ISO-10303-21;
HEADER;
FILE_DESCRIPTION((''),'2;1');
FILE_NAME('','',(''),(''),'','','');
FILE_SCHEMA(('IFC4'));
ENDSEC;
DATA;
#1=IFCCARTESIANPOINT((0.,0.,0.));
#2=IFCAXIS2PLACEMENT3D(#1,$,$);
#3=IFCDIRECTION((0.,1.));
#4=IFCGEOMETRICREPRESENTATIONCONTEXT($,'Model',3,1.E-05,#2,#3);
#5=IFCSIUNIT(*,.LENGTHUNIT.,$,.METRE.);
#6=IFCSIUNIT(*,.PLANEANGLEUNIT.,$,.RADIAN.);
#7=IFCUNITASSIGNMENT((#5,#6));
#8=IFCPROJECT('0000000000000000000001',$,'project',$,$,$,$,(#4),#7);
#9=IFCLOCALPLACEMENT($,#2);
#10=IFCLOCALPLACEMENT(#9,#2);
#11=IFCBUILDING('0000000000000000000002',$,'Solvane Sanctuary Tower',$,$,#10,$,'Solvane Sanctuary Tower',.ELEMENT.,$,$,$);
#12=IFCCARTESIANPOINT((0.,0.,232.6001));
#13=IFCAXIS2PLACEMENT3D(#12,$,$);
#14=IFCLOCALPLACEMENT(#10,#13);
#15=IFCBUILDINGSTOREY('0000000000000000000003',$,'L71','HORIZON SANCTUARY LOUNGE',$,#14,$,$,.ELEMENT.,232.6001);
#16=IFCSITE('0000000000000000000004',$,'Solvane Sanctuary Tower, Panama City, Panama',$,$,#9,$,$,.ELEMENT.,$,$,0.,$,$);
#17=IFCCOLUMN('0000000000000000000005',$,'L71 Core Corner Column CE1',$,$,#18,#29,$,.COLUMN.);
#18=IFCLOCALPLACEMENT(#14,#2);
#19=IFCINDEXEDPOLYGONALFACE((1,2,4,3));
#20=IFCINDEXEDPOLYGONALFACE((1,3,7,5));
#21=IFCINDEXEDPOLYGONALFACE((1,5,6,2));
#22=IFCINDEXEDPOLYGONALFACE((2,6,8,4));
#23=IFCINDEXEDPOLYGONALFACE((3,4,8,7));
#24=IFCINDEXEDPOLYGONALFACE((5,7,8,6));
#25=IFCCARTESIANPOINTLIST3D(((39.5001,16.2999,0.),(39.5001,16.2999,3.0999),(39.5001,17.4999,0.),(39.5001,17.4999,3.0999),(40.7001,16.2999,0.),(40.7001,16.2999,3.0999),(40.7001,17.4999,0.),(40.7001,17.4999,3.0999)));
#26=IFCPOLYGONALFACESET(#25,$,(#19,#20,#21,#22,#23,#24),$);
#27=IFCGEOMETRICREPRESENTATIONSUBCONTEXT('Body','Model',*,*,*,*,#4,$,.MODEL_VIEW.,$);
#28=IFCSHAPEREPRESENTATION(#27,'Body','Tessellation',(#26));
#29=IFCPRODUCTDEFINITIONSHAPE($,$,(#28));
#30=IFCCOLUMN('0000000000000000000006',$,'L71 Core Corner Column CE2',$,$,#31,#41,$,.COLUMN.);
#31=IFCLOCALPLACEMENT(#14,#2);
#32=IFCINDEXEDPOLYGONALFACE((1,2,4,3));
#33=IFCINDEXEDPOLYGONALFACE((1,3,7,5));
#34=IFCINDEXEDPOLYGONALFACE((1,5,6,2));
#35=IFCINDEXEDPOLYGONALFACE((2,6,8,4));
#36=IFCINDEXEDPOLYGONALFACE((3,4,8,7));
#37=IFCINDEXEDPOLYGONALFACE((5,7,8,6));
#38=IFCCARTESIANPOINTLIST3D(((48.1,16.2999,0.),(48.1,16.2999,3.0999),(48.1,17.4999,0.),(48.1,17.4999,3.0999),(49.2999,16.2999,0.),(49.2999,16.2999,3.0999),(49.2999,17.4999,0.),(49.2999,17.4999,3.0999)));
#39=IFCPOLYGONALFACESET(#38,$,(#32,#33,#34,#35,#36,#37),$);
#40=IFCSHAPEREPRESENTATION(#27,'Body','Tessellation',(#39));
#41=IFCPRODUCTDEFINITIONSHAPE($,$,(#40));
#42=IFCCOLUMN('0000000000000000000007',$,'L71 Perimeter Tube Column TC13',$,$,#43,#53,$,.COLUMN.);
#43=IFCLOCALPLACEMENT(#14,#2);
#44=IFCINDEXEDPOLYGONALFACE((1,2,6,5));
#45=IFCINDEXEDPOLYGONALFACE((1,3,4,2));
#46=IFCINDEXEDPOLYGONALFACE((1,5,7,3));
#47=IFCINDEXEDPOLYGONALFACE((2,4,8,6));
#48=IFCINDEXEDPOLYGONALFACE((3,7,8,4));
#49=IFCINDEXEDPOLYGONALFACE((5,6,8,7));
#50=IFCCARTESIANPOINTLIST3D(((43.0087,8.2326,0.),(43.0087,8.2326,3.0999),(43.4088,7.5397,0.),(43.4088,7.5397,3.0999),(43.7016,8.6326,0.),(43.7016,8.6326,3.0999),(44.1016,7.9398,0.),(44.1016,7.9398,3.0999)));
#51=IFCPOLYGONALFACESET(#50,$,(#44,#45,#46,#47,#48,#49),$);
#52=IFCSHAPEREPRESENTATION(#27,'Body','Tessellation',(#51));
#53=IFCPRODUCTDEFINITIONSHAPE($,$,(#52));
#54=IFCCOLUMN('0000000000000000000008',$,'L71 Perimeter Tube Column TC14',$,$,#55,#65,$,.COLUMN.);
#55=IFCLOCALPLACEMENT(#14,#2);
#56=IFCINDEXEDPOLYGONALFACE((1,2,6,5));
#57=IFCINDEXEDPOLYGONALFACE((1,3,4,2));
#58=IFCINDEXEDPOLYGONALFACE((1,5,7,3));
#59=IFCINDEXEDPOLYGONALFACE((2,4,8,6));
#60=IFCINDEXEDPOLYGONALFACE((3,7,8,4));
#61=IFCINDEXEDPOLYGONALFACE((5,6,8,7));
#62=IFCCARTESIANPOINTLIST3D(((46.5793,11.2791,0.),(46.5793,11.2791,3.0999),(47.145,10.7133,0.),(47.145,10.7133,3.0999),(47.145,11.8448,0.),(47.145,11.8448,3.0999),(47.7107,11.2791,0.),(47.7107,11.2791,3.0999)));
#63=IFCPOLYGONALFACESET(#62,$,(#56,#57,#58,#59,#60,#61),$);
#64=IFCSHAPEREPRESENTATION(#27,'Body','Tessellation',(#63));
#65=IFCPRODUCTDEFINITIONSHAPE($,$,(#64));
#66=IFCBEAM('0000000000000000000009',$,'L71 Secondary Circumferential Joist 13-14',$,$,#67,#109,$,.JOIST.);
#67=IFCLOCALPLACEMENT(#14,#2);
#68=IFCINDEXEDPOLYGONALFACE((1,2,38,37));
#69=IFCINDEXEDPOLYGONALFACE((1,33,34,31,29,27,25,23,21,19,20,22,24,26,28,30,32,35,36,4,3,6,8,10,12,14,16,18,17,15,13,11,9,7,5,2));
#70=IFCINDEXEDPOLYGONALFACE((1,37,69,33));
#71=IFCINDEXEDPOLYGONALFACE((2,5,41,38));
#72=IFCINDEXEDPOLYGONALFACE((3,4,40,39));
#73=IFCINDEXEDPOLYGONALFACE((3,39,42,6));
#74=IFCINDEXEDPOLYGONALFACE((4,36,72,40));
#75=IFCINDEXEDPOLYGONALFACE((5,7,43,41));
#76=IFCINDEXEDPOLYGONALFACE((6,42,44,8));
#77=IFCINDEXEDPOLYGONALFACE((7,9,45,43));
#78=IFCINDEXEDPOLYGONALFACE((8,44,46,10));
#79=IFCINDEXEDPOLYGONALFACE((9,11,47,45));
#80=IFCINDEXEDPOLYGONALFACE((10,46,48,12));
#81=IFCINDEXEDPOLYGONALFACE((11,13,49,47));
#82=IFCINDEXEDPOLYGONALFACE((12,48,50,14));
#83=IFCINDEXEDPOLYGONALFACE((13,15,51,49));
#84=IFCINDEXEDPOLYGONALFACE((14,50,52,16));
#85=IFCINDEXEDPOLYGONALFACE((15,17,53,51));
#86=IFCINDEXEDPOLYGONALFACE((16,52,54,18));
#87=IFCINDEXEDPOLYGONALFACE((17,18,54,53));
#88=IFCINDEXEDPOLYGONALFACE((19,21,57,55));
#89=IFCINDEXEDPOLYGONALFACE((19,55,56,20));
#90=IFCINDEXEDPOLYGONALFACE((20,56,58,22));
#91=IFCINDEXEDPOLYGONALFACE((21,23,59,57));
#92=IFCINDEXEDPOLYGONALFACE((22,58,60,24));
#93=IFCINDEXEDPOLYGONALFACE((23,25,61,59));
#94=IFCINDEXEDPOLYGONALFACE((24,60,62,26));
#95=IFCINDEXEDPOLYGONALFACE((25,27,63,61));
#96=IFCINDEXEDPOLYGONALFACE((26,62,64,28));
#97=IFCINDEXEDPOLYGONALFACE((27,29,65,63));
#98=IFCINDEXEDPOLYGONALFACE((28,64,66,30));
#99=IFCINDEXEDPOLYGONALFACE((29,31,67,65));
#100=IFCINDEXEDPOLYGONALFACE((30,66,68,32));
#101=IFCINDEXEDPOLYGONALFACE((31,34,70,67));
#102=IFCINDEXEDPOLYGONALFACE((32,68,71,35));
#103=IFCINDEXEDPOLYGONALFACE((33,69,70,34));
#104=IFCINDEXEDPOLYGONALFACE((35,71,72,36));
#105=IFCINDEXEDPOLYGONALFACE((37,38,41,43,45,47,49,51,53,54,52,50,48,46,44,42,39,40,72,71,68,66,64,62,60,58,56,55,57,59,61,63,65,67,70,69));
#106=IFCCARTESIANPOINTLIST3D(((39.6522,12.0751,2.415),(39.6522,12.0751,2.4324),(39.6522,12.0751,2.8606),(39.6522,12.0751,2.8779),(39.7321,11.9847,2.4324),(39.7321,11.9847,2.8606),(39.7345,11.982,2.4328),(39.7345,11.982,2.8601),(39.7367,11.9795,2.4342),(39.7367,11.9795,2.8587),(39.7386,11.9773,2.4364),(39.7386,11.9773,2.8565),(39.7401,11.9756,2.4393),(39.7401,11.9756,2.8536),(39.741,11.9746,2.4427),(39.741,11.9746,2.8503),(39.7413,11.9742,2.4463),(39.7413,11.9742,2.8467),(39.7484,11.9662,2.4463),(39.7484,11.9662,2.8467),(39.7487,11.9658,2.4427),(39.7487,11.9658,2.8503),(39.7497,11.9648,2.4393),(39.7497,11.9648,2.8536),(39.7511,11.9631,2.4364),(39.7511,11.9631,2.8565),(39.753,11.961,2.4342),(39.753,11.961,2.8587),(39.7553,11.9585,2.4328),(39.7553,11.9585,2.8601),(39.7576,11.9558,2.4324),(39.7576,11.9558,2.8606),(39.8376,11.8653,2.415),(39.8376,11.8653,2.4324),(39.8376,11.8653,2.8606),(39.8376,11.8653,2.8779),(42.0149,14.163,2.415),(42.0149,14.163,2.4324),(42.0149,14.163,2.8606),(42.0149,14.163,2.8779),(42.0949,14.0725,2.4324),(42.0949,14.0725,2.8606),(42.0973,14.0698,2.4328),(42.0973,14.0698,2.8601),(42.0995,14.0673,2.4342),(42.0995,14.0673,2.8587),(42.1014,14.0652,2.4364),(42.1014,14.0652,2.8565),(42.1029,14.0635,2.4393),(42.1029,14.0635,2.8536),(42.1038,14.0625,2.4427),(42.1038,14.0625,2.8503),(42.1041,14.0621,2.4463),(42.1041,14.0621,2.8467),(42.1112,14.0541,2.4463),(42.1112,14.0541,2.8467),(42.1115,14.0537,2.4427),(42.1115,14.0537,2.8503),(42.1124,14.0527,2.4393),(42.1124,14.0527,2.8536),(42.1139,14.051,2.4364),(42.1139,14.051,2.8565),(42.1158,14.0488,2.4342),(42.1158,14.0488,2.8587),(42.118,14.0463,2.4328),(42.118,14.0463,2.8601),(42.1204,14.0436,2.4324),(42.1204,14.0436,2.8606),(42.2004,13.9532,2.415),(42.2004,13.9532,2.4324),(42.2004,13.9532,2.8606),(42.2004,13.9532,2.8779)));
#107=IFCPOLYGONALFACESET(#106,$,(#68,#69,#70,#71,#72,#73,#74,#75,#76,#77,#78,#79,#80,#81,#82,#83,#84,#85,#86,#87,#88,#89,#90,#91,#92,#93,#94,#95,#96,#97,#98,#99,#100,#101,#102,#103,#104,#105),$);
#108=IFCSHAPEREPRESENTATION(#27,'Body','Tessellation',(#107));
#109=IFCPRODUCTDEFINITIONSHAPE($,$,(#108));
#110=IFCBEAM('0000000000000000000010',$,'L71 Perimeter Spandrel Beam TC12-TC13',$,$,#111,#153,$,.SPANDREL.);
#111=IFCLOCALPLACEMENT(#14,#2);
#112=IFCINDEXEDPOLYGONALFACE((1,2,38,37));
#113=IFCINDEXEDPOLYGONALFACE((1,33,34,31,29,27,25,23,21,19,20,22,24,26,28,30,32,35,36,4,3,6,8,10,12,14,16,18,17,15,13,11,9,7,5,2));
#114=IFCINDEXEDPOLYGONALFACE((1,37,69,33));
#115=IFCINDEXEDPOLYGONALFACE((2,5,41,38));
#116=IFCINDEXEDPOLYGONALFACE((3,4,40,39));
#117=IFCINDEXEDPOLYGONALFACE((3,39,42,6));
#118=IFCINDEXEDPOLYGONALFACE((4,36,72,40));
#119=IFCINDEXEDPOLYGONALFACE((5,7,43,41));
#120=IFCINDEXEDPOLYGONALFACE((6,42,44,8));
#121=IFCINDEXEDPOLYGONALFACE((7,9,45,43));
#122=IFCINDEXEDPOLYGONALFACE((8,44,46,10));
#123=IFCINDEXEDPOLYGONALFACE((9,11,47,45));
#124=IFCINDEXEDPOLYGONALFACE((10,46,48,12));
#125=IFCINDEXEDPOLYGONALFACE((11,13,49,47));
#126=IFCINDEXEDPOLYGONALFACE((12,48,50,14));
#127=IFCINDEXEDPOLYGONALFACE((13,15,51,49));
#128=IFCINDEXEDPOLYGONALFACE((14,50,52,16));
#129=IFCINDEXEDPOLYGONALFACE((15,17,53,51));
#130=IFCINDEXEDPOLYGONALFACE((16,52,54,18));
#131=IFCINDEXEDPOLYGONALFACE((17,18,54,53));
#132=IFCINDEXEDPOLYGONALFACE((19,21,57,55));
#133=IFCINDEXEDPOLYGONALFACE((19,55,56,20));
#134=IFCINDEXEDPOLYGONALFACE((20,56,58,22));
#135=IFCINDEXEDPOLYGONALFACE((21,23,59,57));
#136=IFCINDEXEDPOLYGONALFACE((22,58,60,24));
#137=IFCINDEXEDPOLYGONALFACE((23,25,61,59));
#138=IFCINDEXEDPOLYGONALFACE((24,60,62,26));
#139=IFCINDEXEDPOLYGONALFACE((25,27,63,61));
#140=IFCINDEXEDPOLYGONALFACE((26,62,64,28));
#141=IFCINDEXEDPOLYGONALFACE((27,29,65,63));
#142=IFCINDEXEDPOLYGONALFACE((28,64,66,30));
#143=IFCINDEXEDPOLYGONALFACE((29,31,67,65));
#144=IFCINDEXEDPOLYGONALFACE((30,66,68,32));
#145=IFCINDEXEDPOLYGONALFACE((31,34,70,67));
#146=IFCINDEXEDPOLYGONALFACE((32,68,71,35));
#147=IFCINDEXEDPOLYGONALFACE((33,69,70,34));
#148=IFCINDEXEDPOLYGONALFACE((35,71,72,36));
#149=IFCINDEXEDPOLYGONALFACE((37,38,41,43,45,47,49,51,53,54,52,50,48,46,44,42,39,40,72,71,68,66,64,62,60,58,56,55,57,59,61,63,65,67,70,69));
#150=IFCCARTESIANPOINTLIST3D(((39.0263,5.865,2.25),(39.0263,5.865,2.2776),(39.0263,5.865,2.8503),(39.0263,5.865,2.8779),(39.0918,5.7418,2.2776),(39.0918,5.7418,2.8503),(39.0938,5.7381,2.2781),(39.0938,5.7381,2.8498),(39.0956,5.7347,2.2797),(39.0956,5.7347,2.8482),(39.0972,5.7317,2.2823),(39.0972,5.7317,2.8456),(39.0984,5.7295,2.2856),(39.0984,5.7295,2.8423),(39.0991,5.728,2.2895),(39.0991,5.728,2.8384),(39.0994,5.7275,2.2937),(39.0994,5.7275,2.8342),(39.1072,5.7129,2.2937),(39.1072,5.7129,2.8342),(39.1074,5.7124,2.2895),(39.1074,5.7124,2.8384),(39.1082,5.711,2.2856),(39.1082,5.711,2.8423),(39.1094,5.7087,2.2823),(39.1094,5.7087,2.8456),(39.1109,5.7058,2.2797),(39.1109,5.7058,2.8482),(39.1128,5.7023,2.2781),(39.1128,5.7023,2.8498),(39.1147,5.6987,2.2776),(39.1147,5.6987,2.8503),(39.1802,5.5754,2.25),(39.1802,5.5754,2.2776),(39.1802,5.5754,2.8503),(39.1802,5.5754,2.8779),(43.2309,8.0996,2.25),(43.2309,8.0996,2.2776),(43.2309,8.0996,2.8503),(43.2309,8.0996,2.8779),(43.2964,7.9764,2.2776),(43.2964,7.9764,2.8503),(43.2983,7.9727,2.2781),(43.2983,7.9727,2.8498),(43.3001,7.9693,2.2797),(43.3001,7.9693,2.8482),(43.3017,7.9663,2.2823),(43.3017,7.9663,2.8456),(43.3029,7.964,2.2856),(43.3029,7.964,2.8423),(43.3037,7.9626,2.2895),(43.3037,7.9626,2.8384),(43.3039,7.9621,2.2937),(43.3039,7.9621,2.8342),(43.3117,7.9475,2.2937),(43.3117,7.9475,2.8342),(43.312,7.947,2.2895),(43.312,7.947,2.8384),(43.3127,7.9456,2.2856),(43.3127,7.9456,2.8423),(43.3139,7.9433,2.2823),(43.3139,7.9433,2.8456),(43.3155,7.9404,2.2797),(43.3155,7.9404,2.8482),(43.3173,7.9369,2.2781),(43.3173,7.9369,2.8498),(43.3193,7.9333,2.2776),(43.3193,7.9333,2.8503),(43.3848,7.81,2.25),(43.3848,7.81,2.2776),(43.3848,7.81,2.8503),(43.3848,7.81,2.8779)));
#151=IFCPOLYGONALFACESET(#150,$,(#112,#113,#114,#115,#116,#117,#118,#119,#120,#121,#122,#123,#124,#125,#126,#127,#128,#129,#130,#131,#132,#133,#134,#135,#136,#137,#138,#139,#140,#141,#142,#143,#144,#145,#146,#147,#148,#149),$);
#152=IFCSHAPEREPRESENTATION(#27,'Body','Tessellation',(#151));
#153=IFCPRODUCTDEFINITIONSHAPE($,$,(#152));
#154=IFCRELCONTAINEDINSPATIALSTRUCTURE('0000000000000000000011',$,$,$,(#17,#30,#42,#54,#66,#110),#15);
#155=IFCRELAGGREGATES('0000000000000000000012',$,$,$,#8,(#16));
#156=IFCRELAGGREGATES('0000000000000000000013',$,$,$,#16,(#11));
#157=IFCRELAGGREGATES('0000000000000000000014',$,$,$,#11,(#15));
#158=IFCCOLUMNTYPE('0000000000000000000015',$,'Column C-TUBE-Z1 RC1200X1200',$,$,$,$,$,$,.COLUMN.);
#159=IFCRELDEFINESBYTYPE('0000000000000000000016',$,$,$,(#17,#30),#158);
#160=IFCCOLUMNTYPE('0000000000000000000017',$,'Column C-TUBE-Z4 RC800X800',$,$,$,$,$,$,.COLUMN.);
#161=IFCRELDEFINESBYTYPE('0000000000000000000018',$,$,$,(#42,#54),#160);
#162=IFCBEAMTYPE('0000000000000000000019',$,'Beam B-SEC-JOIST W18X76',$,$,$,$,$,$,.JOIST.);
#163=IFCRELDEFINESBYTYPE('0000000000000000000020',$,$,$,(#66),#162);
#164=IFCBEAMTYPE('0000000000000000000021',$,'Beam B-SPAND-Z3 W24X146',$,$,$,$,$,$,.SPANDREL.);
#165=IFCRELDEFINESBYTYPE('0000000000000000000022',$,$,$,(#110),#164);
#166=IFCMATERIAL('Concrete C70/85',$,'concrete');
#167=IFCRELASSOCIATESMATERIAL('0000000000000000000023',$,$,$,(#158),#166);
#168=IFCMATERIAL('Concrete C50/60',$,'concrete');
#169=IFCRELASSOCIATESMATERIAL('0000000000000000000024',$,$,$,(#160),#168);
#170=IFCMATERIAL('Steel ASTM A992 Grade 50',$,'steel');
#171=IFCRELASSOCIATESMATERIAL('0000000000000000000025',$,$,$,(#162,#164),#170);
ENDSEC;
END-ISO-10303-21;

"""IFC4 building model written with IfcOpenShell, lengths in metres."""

from ifc_helpers import new_model, si_unit, direction, frame, origin, origin_2d, place, context, subcontext, project, spatial, rectangle, i_section, extrude, material, material_profile, profile_set, type_object, element, save


model = new_model("IFC4")

# Units and contexts
model_context = context("Model", 3, precision=1e-05, world=origin(), true_north=direction((0.0, 1.0)))
body_context = subcontext(model_context, "Body", "Model", "MODEL_VIEW")
ifc_project = project(units=[si_unit("LENGTHUNIT", "METRE"), si_unit("PLANEANGLEUNIT", "RADIAN")], contexts=[model_context])

# Site, building, storey
site_placement = place(None, origin())
site = spatial("IfcSite", under=ifc_project, at=site_placement, Name="Solvane Sanctuary Tower, Panama City, Panama", CompositionType="ELEMENT", RefElevation=0.0)
building_placement = place(site_placement, origin())
building = spatial("IfcBuilding", under=site, at=building_placement, Name="Solvane Sanctuary Tower", LongName="Solvane Sanctuary Tower", CompositionType="ELEMENT")
storey_placement = place(building_placement, frame((0.0, 0.0, 232.6001)))
storey = spatial("IfcBuildingStorey", under=building, at=storey_placement, Name="L71", Description="HORIZON SANCTUARY LOUNGE", CompositionType="ELEMENT", Elevation=232.6001)

# Columns
ifc_material_1 = material(Name="Concrete C70/85", Category="concrete")
ifc_material_profile_1 = material_profile(ifc_material_1, rectangle(XDim=1.2, YDim=1.2, at=origin_2d()), Name="RC1200X1200")
ifc_profile_set_1 = profile_set([ifc_material_profile_1], Name="Concrete C70/85")
column_type_1 = type_object("IfcColumnType", Name="Column C-TUBE-Z1 RC1200X1200", PredefinedType="COLUMN", material=ifc_profile_set_1)
for number, where, z_axis, x_axis, name in (
    (1, (40.1001, 16.8999, 0.0), (0.0, 0.0, 1.0), (1.0, 0.0, 0.0), "L71 Core Corner Column CE1"),
    (2, (48.7, 16.8999, 0.0), (0.0, 0.0, 1.0), (1.0, 0.0, 0.0), "L71 Core Corner Column CE2"),
):
    element("IfcColumn", number, at=place(storey_placement, frame(where, z_axis=z_axis, x_axis=x_axis)), inside=storey, type_object=column_type_1, Name=name, PredefinedType="COLUMN", context=body_context, shape_type="SweptSolid", body=[
        extrude(rectangle(XDim=1.2, YDim=1.2, at=origin_2d()), origin(), (0.0, 0.0, 1.0), 3.0999),
    ])
ifc_material_2 = material(Name="Concrete C50/60", Category="concrete")
ifc_material_profile_2 = material_profile(ifc_material_2, rectangle(XDim=0.8, YDim=0.8, at=origin_2d()), Name="RC800X800")
ifc_profile_set_2 = profile_set([ifc_material_profile_2], Name="Concrete C50/60")
column_type_2 = type_object("IfcColumnType", Name="Column C-TUBE-Z4 RC800X800", PredefinedType="COLUMN", material=ifc_profile_set_2)
for number, where, z_axis, x_axis, name in (
    (3, (43.5552, 8.0862, 0.0), (0.0, 0.0, 1.0), (0.5, -0.866025, 0.0), "L71 Perimeter Tube Column TC13"),
    (4, (47.145, 11.2791, 0.0), (0.0, 0.0, 1.0), (0.707107, -0.707107, 0.0), "L71 Perimeter Tube Column TC14"),
):
    element("IfcColumn", number, at=place(storey_placement, frame(where, z_axis=z_axis, x_axis=x_axis)), inside=storey, type_object=column_type_2, Name=name, PredefinedType="COLUMN", context=body_context, shape_type="SweptSolid", body=[
        extrude(rectangle(XDim=0.8, YDim=0.8, at=origin_2d()), origin(), (0.0, 0.0, 1.0), 3.0999),
    ])

# Beams
ifc_material_3 = material(Name="Steel ASTM A992 Grade 50", Category="steel")
ifc_material_profile_3 = material_profile(ifc_material_3, i_section(OverallWidth=0.28, OverallDepth=0.4629, WebThickness=0.0107, FlangeThickness=0.0173, FilletRadius=0.0139, at=origin_2d()), Name="W18X76")
ifc_profile_set_3 = profile_set([ifc_material_profile_3], Name="Steel ASTM A992 Grade 50")
beam_type_1 = type_object("IfcBeamType", Name="Beam B-SEC-JOIST W18X76", PredefinedType="JOIST", material=ifc_profile_set_3)
beam_1_placement = place(storey_placement, frame((39.7449, 11.9702, 2.6465), z_axis=(0.749354, 0.662169, 0.0), x_axis=(-0.662169, 0.749354, 0.0)))
element("IfcBeam", 5, at=beam_1_placement, inside=storey, type_object=beam_type_1, Name="L71 Secondary Circumferential Joist 13-14", PredefinedType="JOIST", context=body_context, shape_type="SweptSolid", body=[
    extrude(i_section(OverallWidth=0.28, OverallDepth=0.4629, WebThickness=0.0107, FlangeThickness=0.0173, FilletRadius=0.0139, at=origin_2d()), origin(), (0.0, 0.0, 1.0), 3.1531),
])
ifc_material_profile_4 = material_profile(ifc_material_3, i_section(OverallWidth=0.3279, OverallDepth=0.6279, WebThickness=0.0166, FlangeThickness=0.0276, FilletRadius=0.0161, at=origin_2d()), Name="W24X146")
ifc_profile_set_4 = profile_set([ifc_material_profile_4], Name="Steel ASTM A992 Grade 50")
beam_type_2 = type_object("IfcBeamType", Name="Beam B-SPAND-Z3 W24X146", PredefinedType="SPANDREL", material=ifc_profile_set_4)
beam_2_placement = place(storey_placement, frame((39.1033, 5.7202, 2.564), z_axis=(0.883035, 0.469308, 0.0), x_axis=(-0.469308, 0.883035, 0.0)))
element("IfcBeam", 6, at=beam_2_placement, inside=storey, type_object=beam_type_2, Name="L71 Perimeter Spandrel Beam TC12-TC13", PredefinedType="SPANDREL", context=body_context, shape_type="SweptSolid", body=[
    extrude(i_section(OverallWidth=0.3279, OverallDepth=0.6279, WebThickness=0.0166, FlangeThickness=0.0276, FilletRadius=0.0161, at=origin_2d()), origin(), (0.0, 0.0, 1.0), 4.7615),
])

save(model, "model.ifc")
